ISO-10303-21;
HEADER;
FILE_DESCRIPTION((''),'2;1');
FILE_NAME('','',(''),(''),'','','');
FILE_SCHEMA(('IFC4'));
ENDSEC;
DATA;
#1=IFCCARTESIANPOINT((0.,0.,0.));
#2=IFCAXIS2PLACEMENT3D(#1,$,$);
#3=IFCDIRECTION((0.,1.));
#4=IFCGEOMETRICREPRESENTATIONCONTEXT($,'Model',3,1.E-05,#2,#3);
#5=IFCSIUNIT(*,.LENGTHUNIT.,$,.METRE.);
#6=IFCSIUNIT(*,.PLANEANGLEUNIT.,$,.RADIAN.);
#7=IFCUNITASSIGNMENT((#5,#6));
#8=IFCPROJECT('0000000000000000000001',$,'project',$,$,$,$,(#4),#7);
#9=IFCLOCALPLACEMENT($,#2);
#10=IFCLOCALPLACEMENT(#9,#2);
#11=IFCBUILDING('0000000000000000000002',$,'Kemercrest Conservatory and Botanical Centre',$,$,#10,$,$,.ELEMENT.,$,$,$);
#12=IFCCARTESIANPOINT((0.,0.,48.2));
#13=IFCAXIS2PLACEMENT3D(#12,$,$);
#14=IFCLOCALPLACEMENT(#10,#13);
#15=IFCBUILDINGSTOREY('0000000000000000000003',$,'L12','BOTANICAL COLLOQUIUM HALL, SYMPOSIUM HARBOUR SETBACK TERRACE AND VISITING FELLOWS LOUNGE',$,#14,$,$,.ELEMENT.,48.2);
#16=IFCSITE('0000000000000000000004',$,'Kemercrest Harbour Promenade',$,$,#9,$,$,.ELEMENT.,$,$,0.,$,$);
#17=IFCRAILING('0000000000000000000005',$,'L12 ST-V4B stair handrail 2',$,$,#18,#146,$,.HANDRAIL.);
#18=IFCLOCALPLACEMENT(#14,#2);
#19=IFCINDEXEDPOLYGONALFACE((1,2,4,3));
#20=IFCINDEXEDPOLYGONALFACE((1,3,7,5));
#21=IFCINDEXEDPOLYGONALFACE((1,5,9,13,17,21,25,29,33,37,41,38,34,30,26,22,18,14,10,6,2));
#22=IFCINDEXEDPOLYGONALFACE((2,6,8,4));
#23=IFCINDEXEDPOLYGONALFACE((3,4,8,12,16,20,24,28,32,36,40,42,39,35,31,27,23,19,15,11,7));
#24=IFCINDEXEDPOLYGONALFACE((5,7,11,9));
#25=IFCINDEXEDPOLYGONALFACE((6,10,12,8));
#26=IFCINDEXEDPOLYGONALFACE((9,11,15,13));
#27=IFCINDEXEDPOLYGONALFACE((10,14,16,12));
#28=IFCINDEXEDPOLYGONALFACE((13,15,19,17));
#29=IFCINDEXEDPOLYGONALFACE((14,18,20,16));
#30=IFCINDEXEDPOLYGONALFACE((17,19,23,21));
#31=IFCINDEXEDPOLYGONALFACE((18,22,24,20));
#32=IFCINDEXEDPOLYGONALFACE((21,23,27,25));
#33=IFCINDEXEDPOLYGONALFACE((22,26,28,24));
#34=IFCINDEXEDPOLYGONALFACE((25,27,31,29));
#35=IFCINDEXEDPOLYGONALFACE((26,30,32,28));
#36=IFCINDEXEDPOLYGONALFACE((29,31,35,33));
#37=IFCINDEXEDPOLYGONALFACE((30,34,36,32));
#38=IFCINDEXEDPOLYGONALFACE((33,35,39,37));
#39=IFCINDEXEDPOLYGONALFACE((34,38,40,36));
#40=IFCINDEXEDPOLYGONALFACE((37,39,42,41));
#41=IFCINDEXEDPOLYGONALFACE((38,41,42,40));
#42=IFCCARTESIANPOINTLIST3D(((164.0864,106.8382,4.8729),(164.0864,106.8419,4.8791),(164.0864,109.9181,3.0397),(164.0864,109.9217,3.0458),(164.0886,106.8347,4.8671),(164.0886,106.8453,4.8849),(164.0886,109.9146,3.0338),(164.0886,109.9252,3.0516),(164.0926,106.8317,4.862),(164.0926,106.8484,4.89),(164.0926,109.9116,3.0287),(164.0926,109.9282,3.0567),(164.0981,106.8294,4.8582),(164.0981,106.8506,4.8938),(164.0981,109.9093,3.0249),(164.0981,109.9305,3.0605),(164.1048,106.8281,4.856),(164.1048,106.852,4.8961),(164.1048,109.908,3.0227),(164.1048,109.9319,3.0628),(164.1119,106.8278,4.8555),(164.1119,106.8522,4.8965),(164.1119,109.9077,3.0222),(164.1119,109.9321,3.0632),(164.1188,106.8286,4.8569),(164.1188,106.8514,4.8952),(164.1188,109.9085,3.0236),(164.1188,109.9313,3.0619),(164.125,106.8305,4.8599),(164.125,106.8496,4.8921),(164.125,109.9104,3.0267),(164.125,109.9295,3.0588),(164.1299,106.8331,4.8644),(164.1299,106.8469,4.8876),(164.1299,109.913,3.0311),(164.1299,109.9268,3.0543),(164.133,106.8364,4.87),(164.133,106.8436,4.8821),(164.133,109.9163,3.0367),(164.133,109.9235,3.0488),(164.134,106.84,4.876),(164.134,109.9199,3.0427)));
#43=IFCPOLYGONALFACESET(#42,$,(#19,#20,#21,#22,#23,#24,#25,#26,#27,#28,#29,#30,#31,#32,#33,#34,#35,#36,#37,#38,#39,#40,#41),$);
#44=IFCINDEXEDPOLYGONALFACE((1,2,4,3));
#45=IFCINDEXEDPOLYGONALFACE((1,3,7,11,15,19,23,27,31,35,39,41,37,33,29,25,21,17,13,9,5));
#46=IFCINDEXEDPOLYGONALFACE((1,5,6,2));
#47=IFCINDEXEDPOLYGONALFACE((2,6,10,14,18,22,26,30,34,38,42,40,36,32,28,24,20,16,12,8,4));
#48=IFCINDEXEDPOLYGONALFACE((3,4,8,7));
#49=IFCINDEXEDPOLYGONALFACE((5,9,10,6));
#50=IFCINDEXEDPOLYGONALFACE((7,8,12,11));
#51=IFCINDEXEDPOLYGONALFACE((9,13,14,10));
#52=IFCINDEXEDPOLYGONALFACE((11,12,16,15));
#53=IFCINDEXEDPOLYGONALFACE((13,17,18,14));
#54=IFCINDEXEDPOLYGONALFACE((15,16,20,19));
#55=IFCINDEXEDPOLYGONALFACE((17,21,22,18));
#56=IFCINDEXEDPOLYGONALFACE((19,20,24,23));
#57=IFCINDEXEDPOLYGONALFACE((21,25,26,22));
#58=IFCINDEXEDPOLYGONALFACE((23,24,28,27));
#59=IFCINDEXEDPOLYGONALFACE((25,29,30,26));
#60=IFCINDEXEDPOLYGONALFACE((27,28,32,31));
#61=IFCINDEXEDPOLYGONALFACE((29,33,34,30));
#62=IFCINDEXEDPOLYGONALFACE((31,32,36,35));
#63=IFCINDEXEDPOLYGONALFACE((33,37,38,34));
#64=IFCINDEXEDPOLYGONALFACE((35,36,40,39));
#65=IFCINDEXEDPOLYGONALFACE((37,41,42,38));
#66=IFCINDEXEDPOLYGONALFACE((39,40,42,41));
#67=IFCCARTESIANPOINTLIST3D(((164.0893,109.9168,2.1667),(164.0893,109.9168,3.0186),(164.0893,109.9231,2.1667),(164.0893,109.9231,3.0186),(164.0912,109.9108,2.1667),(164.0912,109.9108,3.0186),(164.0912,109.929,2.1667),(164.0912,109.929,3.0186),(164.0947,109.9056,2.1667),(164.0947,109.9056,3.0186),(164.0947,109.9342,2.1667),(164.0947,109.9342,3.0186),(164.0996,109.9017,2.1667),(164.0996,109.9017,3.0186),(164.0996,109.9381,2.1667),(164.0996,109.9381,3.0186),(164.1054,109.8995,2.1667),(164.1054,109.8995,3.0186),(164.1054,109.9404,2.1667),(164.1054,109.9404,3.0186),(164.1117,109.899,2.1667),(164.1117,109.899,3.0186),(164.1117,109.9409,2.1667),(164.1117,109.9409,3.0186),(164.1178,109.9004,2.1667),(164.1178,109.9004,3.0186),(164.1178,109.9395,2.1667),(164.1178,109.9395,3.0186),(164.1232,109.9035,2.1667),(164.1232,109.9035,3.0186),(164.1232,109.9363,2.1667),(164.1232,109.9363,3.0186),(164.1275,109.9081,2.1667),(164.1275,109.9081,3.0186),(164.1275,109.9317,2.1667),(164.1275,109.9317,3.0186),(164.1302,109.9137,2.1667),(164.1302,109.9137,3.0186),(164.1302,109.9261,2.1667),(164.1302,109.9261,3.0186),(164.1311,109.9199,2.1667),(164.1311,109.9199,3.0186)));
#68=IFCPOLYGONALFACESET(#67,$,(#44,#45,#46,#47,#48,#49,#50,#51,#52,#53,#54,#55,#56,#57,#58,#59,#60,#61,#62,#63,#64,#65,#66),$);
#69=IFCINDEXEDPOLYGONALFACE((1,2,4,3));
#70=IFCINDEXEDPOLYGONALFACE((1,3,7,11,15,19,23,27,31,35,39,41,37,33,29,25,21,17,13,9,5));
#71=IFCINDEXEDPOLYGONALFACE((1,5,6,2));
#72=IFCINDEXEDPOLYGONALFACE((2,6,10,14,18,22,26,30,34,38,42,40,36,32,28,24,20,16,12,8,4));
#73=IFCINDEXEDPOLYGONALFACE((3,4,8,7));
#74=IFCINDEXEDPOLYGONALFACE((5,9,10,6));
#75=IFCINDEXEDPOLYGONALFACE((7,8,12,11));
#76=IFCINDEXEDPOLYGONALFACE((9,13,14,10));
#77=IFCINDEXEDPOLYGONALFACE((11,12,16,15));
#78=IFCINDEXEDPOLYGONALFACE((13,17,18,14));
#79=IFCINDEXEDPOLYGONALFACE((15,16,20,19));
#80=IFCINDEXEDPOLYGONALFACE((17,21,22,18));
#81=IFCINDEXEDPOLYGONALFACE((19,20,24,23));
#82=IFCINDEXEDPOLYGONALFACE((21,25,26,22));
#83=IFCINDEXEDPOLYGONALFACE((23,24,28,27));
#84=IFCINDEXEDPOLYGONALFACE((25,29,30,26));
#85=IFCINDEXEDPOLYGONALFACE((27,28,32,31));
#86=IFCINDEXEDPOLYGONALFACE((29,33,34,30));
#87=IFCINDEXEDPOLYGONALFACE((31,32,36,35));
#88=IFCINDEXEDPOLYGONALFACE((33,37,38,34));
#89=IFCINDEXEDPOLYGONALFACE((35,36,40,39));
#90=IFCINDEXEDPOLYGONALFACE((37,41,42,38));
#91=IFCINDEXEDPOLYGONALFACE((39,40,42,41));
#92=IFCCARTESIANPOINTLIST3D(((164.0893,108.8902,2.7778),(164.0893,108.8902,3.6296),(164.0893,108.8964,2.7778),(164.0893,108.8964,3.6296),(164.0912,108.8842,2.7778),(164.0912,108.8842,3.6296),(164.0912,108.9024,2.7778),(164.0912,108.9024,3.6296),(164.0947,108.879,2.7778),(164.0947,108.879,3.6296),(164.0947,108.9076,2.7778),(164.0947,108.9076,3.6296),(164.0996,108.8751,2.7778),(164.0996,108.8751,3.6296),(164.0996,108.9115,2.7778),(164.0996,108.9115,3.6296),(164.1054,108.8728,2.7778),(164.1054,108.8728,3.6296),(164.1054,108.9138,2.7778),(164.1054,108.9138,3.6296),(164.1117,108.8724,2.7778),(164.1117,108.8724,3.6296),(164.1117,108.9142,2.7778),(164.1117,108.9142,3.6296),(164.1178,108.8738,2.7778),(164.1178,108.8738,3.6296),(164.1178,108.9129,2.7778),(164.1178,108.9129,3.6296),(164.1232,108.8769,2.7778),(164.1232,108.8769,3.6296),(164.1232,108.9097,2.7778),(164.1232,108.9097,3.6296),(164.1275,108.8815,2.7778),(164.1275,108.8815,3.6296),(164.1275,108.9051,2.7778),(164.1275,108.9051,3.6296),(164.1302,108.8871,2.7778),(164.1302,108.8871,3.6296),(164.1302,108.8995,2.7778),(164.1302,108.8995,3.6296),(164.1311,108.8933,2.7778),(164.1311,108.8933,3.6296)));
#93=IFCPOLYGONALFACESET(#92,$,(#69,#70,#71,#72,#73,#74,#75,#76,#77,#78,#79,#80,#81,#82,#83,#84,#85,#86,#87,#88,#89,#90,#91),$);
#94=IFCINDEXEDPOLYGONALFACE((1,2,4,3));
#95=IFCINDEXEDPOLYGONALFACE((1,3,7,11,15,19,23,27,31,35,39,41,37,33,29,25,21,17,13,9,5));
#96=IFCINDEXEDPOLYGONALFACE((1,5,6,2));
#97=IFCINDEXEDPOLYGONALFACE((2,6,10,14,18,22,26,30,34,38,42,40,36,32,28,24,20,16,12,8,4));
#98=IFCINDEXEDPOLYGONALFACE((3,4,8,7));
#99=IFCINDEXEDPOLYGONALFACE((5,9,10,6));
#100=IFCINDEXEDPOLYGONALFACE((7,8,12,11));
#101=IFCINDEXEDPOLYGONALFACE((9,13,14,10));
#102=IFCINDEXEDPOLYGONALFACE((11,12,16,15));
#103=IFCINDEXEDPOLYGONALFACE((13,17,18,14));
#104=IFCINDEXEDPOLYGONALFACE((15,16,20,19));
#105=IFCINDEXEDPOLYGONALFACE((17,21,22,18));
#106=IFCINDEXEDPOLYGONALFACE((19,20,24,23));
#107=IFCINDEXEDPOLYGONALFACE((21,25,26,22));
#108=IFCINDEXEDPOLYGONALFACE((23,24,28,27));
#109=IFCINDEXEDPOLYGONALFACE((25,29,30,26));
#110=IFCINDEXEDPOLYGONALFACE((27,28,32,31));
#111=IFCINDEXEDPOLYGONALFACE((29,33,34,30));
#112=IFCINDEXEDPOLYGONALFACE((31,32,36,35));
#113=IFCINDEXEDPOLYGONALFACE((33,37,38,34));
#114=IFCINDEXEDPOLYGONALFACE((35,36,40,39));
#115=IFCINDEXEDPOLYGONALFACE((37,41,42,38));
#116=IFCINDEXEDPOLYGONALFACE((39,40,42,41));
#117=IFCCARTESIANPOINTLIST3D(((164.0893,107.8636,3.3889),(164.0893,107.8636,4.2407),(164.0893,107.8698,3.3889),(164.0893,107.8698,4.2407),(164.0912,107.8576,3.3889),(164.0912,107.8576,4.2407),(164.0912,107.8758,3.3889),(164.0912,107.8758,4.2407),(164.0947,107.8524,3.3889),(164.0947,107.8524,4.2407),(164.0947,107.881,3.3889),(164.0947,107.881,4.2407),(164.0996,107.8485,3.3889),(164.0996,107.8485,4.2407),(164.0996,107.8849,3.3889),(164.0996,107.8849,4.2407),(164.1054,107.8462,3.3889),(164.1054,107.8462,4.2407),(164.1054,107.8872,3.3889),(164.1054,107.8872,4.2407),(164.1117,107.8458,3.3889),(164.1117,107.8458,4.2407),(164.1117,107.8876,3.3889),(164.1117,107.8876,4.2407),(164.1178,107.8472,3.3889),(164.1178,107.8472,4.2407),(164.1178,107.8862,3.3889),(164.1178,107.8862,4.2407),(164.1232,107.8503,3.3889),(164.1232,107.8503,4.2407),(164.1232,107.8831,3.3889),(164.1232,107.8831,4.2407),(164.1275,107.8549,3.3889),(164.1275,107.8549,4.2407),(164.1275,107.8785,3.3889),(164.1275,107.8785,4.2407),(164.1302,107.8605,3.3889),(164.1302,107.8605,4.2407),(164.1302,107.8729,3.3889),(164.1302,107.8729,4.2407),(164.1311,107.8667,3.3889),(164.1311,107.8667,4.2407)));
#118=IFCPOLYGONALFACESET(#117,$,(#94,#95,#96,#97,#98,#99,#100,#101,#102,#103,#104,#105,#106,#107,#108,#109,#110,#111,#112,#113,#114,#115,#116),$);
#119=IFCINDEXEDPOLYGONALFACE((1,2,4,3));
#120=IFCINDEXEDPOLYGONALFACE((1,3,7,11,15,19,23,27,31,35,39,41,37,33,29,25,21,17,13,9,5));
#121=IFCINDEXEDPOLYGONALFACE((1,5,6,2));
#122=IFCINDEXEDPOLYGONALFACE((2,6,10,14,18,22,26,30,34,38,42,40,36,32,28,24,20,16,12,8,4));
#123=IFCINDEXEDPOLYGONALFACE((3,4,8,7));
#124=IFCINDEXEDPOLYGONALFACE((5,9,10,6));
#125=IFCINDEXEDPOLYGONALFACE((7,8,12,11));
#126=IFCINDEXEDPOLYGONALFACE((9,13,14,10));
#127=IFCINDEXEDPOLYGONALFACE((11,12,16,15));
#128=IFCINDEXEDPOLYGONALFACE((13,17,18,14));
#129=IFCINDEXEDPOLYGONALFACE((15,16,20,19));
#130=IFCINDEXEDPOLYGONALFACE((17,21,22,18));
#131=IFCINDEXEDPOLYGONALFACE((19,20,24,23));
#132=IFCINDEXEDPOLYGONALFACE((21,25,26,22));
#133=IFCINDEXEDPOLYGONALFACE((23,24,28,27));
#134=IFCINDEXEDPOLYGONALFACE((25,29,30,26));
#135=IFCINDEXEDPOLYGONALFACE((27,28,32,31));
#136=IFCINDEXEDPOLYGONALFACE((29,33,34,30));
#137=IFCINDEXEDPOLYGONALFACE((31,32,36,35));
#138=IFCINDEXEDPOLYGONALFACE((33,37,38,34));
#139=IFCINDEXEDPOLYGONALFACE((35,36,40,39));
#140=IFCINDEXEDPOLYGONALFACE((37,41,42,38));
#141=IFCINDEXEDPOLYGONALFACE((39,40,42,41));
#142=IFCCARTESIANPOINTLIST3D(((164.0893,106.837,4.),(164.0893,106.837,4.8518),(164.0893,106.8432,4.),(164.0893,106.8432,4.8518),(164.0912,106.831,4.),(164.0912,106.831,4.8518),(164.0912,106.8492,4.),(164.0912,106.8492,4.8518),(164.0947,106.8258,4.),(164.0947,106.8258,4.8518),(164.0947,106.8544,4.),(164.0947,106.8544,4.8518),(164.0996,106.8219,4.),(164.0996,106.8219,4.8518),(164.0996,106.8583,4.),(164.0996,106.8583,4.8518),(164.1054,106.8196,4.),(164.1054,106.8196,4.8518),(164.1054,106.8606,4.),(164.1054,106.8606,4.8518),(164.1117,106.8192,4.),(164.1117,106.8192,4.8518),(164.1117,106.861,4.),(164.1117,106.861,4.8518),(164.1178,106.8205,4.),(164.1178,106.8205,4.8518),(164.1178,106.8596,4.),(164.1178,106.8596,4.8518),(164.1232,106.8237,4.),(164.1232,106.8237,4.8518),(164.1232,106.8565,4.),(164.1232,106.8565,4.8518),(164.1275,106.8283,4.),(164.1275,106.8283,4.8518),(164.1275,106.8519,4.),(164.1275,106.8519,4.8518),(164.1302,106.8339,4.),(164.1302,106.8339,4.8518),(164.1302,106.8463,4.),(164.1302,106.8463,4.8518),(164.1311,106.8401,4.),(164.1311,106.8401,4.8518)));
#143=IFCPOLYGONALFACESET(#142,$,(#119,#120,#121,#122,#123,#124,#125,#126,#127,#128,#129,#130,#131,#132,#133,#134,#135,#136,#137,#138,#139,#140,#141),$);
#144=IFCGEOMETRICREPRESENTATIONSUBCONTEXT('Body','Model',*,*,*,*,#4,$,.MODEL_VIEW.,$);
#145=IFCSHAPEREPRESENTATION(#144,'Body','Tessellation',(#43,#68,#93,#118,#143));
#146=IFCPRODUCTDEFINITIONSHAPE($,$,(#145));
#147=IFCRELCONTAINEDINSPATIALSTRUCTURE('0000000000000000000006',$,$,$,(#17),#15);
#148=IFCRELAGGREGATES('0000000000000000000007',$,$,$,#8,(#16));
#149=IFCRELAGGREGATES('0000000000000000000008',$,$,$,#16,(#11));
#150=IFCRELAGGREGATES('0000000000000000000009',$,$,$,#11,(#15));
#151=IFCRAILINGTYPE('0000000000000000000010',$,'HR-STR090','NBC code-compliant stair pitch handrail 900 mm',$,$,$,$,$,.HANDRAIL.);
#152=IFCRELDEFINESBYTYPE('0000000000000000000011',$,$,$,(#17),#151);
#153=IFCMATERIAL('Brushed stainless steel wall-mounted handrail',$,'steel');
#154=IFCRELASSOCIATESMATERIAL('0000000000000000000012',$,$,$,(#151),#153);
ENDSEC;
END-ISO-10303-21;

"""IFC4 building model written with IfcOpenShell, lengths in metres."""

from ifc_helpers import new_model, si_unit, direction, frame, origin, origin_2d, place, context, subcontext, project, spatial, circle, extrude, material, type_object, element, save


model = new_model("IFC4")

# Units and contexts
model_context = context("Model", 3, precision=1e-05, world=origin(), true_north=direction((0.0, 1.0)))
body_context = subcontext(model_context, "Body", "Model", "MODEL_VIEW")
ifc_project = project(units=[si_unit("LENGTHUNIT", "METRE"), si_unit("PLANEANGLEUNIT", "RADIAN")], contexts=[model_context])

# Site, building, storey
site_placement = place(None, origin())
site = spatial("IfcSite", under=ifc_project, at=site_placement, Name="Kemercrest Harbour Promenade", CompositionType="ELEMENT", RefElevation=0.0)
building_placement = place(site_placement, origin())
building = spatial("IfcBuilding", under=site, at=building_placement, Name="Kemercrest Conservatory and Botanical Centre", CompositionType="ELEMENT")
storey_placement = place(building_placement, frame((0.0, 0.0, 48.2)))
storey = spatial("IfcBuildingStorey", under=building, at=storey_placement, Name="L12", Description="BOTANICAL COLLOQUIUM HALL, SYMPOSIUM HARBOUR SETBACK TERRACE AND VISITING FELLOWS LOUNGE", CompositionType="ELEMENT", Elevation=48.2)

# Railing
ifc_material_1 = material(Name="Brushed stainless steel wall-mounted handrail", Category="steel")
railing_type_1 = type_object("IfcRailingType", Name="HR-STR090", Description="NBC code-compliant stair pitch handrail 900 mm", PredefinedType="HANDRAIL", material=ifc_material_1)
railing_1_placement = place(storey_placement, frame((164.1101, 109.9199, 2.1667)))
element("IfcRailing", 1, at=railing_1_placement, inside=storey, type_object=railing_type_1, Name="L12 ST-V4B stair handrail 2", PredefinedType="HANDRAIL", context=body_context, shape_type="SweptSolid", body=[
    extrude(circle(Radius=0.0239, at=origin_2d()), frame((0.0, 0.0, 0.876), z_axis=(0.0, -0.859291, 0.511487), x_axis=(1.0, 0.0, 0.0)), (0.0, 0.0, 1.0), 3.5842),
    extrude(circle(Radius=0.021, at=origin_2d()), origin(), (0.0, 0.0, 1.0), 0.8518),
    extrude(circle(Radius=0.021, at=origin_2d()), frame((0.0, -1.0266, 0.6111)), (0.0, 0.0, 1.0), 0.8518),
    extrude(circle(Radius=0.021, at=origin_2d()), frame((0.0, -2.0532, 1.2222)), (0.0, 0.0, 1.0), 0.8518),
    extrude(circle(Radius=0.021, at=origin_2d()), frame((0.0, -3.0798, 1.8333)), (0.0, 0.0, 1.0), 0.8518),
])

save(model, "model.ifc")
